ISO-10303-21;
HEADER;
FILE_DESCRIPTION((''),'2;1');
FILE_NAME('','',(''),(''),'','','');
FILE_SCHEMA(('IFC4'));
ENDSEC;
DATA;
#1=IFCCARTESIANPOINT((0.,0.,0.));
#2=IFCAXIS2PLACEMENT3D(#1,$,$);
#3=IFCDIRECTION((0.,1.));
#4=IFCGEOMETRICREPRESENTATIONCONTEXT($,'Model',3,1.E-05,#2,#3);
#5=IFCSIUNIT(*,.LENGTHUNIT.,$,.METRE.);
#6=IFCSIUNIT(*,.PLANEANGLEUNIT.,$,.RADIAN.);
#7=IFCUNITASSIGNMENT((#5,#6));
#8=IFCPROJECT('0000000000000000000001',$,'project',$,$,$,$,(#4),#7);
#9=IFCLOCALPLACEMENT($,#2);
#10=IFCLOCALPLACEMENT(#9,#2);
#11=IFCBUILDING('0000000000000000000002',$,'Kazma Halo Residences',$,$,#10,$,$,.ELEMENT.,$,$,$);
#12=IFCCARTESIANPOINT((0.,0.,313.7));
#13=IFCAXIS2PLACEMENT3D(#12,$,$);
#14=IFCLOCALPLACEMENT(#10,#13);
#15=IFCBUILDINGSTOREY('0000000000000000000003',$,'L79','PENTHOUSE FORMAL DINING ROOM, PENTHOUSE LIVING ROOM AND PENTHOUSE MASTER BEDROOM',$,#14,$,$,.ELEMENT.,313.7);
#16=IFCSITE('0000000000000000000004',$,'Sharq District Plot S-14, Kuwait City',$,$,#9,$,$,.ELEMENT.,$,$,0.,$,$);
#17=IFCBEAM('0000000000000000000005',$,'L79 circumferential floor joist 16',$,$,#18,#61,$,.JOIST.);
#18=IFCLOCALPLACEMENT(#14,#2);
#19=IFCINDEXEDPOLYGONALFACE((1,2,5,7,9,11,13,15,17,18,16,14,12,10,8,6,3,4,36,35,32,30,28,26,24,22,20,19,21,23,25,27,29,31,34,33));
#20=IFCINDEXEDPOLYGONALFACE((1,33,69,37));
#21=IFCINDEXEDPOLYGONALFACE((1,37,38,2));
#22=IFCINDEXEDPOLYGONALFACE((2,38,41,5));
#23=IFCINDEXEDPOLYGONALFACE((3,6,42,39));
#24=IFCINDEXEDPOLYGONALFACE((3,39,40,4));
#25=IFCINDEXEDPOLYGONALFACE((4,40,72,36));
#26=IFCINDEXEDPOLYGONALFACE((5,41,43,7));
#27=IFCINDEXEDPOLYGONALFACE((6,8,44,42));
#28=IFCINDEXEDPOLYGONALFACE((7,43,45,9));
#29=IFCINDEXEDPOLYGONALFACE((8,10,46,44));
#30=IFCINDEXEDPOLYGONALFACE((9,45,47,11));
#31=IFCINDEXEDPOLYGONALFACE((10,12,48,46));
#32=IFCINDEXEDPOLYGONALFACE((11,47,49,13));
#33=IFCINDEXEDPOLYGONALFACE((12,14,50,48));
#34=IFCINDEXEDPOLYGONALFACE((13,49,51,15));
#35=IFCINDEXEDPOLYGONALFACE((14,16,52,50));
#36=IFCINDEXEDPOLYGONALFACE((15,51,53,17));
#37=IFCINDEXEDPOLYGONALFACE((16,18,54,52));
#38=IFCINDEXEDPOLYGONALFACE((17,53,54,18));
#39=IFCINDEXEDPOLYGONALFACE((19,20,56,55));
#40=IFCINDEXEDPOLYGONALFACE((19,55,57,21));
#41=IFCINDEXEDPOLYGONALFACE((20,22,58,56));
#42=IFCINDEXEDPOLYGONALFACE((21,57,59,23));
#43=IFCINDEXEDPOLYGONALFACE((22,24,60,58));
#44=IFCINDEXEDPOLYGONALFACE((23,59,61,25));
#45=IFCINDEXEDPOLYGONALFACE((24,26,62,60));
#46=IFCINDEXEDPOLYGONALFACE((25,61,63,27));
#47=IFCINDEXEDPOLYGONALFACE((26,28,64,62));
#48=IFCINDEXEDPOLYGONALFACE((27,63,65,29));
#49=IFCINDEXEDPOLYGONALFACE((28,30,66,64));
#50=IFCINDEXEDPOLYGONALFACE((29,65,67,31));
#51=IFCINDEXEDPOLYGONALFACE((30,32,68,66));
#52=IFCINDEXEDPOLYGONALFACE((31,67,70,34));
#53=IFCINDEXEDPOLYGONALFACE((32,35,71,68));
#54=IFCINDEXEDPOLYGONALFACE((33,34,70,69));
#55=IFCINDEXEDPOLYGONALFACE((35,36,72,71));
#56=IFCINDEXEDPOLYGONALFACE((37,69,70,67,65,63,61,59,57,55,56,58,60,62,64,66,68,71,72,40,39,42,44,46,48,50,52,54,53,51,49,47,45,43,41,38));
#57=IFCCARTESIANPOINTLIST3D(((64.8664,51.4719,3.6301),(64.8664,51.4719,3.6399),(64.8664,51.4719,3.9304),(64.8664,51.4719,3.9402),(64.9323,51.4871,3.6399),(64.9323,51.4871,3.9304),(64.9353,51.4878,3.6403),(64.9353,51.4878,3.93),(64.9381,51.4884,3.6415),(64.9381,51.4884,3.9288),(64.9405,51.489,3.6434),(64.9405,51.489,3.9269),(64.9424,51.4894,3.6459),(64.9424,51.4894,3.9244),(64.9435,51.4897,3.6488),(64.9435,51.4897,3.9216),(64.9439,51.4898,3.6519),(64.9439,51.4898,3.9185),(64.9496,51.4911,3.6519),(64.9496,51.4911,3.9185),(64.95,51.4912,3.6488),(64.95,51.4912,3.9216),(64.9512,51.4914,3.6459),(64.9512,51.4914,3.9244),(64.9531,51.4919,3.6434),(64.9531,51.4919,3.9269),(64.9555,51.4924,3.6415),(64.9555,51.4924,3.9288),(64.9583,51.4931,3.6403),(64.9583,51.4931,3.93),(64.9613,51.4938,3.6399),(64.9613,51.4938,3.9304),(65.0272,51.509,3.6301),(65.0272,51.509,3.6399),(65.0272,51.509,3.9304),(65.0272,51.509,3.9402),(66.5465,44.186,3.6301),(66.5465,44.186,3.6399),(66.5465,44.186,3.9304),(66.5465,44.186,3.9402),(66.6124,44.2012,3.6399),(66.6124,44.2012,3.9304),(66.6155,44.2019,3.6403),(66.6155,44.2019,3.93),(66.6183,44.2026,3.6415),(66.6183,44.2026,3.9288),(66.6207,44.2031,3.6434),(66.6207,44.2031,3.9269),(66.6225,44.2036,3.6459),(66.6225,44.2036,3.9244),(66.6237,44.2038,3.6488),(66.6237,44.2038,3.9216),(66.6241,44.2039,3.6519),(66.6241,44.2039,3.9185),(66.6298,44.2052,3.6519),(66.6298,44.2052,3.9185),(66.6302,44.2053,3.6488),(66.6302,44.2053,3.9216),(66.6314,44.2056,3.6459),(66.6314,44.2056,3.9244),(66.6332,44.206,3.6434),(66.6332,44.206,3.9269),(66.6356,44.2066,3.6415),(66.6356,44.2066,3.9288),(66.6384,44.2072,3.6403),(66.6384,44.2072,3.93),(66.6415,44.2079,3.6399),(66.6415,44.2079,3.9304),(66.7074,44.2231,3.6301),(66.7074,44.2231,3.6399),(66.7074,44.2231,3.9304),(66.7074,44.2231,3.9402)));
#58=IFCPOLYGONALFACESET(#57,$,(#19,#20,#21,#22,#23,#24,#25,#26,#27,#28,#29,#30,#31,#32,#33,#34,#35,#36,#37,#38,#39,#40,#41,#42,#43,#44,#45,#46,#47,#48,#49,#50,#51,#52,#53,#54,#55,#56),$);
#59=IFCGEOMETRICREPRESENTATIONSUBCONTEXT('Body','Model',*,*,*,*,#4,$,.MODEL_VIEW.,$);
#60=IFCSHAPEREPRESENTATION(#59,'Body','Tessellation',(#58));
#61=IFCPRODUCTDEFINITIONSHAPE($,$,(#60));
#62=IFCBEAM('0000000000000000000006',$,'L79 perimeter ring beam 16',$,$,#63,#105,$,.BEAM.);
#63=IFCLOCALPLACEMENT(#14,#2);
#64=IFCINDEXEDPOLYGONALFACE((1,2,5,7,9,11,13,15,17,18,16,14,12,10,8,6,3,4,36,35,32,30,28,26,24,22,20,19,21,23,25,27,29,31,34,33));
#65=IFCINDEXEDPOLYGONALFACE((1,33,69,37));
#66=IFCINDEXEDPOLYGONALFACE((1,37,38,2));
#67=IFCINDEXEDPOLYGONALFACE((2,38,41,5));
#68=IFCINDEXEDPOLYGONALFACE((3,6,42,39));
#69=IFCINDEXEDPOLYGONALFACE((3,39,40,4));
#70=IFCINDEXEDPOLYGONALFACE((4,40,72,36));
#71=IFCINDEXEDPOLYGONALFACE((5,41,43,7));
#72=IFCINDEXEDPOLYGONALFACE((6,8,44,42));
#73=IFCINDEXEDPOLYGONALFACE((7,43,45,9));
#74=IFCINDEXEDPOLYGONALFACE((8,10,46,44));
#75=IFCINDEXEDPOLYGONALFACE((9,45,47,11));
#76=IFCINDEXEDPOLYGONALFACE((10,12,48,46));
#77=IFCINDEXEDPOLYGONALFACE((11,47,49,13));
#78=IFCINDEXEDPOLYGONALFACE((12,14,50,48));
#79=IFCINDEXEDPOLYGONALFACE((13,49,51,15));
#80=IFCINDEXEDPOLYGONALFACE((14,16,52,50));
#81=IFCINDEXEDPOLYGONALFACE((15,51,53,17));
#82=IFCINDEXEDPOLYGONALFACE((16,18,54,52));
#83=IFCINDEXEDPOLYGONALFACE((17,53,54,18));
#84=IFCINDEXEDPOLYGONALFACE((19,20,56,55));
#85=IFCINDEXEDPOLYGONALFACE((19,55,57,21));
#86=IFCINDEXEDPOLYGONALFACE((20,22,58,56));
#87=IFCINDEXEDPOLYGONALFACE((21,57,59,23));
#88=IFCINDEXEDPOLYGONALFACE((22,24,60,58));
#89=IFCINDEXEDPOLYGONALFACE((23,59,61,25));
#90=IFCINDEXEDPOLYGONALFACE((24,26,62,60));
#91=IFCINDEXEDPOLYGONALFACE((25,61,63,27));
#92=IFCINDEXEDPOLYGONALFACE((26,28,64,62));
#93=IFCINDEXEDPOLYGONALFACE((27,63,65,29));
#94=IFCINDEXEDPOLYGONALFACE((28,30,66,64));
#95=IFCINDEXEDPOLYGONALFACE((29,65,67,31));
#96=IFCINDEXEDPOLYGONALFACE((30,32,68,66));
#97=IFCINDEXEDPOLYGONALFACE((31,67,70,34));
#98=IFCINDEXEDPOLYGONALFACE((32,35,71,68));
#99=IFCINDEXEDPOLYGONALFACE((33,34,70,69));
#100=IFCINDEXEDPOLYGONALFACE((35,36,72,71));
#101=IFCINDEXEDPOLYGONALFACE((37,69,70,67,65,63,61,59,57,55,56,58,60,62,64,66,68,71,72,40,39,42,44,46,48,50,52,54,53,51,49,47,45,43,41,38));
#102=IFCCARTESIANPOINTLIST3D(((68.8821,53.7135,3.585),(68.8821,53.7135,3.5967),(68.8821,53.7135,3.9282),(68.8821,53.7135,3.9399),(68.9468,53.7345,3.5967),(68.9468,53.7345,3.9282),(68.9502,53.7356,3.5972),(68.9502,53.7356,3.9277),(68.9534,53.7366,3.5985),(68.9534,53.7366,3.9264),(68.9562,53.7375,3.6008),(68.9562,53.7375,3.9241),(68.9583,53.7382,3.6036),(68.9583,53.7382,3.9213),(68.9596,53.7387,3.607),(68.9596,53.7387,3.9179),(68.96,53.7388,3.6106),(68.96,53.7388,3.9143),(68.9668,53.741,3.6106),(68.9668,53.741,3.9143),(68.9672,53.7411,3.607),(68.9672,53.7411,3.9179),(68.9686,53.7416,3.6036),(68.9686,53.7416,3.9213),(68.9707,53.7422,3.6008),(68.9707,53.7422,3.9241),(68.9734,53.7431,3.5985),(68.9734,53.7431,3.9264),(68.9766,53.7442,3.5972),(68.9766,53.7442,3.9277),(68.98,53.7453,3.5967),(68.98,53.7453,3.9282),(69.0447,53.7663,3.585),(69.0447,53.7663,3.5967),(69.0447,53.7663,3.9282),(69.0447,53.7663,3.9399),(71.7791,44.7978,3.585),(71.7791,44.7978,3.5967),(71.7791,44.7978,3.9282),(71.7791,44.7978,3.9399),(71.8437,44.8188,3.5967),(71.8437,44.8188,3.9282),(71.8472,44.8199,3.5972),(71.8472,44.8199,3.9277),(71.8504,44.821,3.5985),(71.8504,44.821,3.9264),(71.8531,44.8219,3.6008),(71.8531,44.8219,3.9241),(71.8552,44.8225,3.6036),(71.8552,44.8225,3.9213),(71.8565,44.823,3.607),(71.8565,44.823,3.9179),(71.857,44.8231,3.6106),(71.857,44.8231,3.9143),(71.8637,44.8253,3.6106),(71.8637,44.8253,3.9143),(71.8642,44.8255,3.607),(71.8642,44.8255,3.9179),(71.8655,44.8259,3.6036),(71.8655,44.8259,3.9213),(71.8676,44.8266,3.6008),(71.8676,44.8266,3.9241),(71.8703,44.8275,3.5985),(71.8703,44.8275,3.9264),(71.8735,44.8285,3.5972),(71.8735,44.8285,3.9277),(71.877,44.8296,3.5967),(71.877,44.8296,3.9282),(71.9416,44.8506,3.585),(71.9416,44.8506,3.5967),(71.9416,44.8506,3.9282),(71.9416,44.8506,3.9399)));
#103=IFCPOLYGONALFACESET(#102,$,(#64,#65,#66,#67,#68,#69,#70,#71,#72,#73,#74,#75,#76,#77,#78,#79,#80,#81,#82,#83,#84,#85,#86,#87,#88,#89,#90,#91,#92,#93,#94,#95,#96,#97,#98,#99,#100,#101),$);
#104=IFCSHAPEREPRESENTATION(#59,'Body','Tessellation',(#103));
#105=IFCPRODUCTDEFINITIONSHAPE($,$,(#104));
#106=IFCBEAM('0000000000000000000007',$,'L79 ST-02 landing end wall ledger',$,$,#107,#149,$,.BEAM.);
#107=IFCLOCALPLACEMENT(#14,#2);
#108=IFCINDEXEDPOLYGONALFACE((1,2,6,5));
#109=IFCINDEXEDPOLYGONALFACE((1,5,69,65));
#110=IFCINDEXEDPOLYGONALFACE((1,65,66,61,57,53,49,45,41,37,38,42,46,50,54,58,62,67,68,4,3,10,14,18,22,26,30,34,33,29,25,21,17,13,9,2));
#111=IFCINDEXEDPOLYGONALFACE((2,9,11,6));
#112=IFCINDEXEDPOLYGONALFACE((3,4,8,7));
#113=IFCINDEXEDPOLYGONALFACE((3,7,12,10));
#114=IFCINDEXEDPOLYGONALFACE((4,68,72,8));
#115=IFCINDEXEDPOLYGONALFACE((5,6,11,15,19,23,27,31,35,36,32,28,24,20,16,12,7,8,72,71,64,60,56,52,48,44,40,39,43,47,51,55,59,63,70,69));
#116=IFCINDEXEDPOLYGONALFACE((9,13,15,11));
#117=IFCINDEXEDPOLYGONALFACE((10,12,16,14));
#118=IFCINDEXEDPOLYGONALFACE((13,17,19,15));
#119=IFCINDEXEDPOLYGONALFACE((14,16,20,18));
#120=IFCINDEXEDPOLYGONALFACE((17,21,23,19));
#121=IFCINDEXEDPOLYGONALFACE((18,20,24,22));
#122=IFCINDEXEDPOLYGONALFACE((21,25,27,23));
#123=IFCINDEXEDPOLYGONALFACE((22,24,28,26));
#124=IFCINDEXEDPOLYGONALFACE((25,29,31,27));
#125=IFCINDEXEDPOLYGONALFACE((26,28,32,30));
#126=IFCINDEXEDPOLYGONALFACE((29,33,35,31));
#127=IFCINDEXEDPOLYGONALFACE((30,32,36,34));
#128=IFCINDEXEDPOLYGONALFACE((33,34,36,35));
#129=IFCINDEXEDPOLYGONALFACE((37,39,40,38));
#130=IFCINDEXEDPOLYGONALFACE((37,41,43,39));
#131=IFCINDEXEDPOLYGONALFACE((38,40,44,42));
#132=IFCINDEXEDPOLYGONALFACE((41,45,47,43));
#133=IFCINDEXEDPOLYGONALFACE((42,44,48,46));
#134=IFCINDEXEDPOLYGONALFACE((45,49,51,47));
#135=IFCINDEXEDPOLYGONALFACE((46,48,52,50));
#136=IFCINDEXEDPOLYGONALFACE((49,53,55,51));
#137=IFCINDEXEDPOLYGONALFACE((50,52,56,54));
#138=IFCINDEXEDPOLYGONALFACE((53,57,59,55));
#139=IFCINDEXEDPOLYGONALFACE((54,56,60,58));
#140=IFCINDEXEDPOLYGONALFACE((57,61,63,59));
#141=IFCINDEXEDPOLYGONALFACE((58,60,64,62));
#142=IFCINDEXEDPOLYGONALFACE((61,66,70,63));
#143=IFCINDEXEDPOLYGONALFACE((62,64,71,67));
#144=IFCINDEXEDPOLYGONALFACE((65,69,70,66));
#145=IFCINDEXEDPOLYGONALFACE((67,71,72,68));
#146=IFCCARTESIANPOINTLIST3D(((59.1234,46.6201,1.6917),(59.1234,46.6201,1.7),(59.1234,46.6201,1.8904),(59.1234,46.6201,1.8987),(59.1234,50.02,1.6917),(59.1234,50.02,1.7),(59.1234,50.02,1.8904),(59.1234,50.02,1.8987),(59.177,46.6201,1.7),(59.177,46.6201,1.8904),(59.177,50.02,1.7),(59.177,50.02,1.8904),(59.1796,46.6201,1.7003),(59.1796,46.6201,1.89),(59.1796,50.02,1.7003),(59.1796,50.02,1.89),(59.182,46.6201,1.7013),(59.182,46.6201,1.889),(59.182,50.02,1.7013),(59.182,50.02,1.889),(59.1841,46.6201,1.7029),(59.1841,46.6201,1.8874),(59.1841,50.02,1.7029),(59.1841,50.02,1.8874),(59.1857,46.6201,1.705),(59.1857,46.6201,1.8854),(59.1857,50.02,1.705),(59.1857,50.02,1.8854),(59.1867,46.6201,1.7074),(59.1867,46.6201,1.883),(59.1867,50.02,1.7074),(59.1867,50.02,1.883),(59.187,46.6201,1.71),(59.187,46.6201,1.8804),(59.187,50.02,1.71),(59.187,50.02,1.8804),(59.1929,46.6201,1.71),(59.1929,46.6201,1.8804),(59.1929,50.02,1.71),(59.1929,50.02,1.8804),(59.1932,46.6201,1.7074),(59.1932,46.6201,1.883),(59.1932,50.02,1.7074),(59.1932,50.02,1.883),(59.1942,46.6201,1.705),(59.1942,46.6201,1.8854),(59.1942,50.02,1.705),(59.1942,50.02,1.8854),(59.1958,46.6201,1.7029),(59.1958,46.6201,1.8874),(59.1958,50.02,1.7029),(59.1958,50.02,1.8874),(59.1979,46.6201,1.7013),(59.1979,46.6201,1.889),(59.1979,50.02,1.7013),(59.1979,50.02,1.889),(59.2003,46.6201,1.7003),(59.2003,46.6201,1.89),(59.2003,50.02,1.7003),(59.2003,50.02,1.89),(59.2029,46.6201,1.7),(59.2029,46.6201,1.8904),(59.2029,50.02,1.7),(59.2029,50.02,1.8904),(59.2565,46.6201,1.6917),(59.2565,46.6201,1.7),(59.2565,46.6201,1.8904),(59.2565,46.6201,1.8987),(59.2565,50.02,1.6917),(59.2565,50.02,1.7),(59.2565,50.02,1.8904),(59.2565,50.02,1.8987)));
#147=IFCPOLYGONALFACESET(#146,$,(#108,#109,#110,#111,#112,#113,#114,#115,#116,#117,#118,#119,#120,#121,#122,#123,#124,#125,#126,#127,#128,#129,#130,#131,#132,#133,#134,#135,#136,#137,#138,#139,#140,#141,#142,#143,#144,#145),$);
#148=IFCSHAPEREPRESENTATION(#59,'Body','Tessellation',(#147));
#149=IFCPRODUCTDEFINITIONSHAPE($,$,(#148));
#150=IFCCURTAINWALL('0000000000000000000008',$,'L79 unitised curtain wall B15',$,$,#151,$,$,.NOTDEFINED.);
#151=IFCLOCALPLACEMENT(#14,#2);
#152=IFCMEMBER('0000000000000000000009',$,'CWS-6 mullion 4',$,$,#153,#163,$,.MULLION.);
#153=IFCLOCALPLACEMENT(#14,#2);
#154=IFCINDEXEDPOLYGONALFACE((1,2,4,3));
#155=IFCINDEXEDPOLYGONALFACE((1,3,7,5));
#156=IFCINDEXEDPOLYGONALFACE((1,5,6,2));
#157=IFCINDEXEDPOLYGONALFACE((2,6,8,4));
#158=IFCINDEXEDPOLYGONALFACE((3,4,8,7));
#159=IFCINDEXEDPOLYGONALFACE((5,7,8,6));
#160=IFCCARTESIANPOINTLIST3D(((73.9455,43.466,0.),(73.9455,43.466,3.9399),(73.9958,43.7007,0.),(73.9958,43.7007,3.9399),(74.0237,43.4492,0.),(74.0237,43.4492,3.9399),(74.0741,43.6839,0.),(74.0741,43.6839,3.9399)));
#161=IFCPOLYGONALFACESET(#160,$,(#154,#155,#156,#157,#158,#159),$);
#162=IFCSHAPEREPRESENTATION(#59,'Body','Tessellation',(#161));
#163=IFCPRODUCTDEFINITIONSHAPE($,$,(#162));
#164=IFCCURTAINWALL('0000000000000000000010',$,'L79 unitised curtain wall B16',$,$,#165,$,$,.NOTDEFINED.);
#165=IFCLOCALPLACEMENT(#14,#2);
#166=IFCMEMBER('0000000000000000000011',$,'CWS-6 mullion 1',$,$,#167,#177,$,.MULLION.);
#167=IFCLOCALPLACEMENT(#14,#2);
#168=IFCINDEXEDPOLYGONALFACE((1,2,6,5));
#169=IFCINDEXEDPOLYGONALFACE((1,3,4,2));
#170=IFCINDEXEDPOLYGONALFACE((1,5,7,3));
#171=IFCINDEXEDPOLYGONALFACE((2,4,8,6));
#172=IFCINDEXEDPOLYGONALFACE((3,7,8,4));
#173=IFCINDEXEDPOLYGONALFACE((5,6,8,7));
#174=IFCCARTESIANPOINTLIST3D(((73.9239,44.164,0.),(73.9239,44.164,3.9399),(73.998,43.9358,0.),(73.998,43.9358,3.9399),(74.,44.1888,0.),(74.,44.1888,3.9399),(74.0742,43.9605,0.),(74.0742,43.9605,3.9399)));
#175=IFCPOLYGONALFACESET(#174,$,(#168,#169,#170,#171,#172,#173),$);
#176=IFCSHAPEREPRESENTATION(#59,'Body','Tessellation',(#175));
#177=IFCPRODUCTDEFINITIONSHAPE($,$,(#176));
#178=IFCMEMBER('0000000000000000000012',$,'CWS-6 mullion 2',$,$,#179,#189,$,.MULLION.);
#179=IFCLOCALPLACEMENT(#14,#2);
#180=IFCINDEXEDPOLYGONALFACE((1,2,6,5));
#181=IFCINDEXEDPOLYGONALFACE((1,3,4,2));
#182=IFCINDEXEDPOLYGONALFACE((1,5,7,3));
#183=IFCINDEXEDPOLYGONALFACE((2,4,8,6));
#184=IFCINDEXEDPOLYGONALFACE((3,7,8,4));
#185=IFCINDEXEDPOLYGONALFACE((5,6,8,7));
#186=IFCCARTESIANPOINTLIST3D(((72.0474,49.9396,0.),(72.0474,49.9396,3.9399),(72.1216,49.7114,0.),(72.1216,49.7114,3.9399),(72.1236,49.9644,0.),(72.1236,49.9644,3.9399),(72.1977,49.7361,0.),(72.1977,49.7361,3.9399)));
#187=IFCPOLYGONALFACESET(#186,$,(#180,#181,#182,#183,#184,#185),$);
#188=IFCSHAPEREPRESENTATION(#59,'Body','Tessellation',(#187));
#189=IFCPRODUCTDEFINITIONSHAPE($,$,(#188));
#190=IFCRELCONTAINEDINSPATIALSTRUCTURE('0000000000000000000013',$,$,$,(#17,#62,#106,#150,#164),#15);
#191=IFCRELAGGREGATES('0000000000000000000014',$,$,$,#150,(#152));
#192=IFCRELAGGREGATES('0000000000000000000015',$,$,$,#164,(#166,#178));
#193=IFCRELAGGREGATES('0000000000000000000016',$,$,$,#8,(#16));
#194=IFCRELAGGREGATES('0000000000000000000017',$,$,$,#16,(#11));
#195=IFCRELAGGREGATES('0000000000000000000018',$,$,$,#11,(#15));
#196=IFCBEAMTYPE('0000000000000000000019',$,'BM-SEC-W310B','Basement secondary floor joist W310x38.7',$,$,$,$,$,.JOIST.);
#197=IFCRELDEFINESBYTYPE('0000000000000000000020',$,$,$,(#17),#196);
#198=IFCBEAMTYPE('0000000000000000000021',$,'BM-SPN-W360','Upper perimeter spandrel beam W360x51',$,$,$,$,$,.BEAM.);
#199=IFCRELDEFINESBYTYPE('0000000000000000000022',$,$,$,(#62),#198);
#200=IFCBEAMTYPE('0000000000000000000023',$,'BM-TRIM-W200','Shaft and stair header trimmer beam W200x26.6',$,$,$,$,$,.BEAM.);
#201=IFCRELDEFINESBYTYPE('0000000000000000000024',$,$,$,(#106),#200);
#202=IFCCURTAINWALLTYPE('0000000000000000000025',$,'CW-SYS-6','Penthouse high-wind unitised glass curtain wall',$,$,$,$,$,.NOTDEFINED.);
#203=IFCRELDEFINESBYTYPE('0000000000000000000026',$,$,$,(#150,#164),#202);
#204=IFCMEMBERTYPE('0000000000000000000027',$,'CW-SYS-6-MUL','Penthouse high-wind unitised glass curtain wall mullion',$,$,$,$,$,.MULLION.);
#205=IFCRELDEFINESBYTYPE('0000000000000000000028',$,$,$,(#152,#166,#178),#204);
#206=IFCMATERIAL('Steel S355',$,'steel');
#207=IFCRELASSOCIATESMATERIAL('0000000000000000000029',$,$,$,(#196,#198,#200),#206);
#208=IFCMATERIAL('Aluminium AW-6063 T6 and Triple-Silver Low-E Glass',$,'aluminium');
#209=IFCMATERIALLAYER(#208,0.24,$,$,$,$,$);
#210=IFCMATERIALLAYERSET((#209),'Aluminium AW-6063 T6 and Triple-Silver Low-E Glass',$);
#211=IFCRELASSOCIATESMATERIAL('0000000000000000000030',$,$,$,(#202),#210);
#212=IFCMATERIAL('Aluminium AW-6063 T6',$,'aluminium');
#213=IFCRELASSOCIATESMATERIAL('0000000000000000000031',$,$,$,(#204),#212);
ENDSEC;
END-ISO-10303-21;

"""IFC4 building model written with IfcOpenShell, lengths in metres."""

from ifc_helpers import new_model, si_unit, direction, frame, origin, origin_2d, place, context, subcontext, project, spatial, rectangle, i_section, extrude, material, layer, layer_set, material_profile, profile_set, type_object, element, aggregate, save


model = new_model("IFC4")

# Units and contexts
model_context = context("Model", 3, precision=1e-05, world=origin(), true_north=direction((0.0, 1.0)))
body_context = subcontext(model_context, "Body", "Model", "MODEL_VIEW")
ifc_project = project(units=[si_unit("LENGTHUNIT", "METRE"), si_unit("PLANEANGLEUNIT", "RADIAN")], contexts=[model_context])

# Site, building, storey
site_placement = place(None, origin())
site = spatial("IfcSite", under=ifc_project, at=site_placement, Name="Sharq District Plot S-14, Kuwait City", CompositionType="ELEMENT", RefElevation=0.0)
building_placement = place(site_placement, origin())
building = spatial("IfcBuilding", under=site, at=building_placement, Name="Kazma Halo Residences", CompositionType="ELEMENT")
storey_placement = place(building_placement, frame((0.0, 0.0, 313.7)))
storey = spatial("IfcBuildingStorey", under=building, at=storey_placement, Name="L79", Description="PENTHOUSE FORMAL DINING ROOM, PENTHOUSE LIVING ROOM AND PENTHOUSE MASTER BEDROOM", CompositionType="ELEMENT", Elevation=313.7)

# Beams
ifc_material_1 = material(Name="Steel S355", Category="steel")
ifc_material_profile_1 = material_profile(ifc_material_1, i_section(OverallWidth=0.165, OverallDepth=0.3101, WebThickness=0.0059, FlangeThickness=0.0098, FilletRadius=0.012, at=origin_2d()), Name="W310x38.7")
ifc_profile_set_1 = profile_set([ifc_material_profile_1], Name="Steel S355")
beam_type_1 = type_object("IfcBeamType", Name="BM-SEC-W310B", Description="Basement secondary floor joist W310x38.7", PredefinedType="JOIST", material=ifc_profile_set_1)
beam_1_placement = place(storey_placement, frame((66.627, 44.2046, 3.7852), z_axis=(-0.224709, 0.974426, 0.0), x_axis=(-0.974426, -0.224709, 0.0)))
element("IfcBeam", 1, at=beam_1_placement, inside=storey, type_object=beam_type_1, Name="L79 circumferential floor joist 16", PredefinedType="JOIST", context=body_context, shape_type="SweptSolid", body=[
    extrude(i_section(OverallWidth=0.165, OverallDepth=0.3101, WebThickness=0.0059, FlangeThickness=0.0098, FilletRadius=0.012, at=origin_2d()), origin(), (0.0, 0.0, 1.0), 7.4771),
])
ifc_material_profile_2 = material_profile(ifc_material_1, i_section(OverallWidth=0.1709, OverallDepth=0.355, WebThickness=0.0071, FlangeThickness=0.0117, FilletRadius=0.0139, at=origin_2d()), Name="W360x51")
ifc_profile_set_2 = profile_set([ifc_material_profile_2], Name="Steel S355")
beam_type_2 = type_object("IfcBeamType", Name="BM-SPN-W360", Description="Upper perimeter spandrel beam W360x51", PredefinedType="BEAM", material=ifc_profile_set_2)
beam_2_placement = place(storey_placement, frame((71.8604, 44.8242, 3.7625), z_axis=(-0.309023, 0.951055, 0.0), x_axis=(-0.951055, -0.309023, 0.0)))
element("IfcBeam", 2, at=beam_2_placement, inside=storey, type_object=beam_type_2, Name="L79 perimeter ring beam 16", PredefinedType="BEAM", context=body_context, shape_type="SweptSolid", body=[
    extrude(i_section(OverallWidth=0.1709, OverallDepth=0.355, WebThickness=0.0071, FlangeThickness=0.0117, FilletRadius=0.0139, at=origin_2d()), origin(), (0.0, 0.0, 1.0), 9.3745),
])
ifc_material_profile_3 = material_profile(ifc_material_1, i_section(OverallWidth=0.1331, OverallDepth=0.207, WebThickness=0.0059, FlangeThickness=0.0083, FilletRadius=0.01, at=origin_2d()), Name="W200x26.6")
ifc_profile_set_3 = profile_set([ifc_material_profile_3], Name="Steel S355")
beam_type_3 = type_object("IfcBeamType", Name="BM-TRIM-W200", Description="Shaft and stair header trimmer beam W200x26.6", PredefinedType="BEAM", material=ifc_profile_set_3)
beam_3_placement = place(storey_placement, frame((59.1899, 46.6201, 1.7952), z_axis=(0.0, 1.0, 0.0), x_axis=(-1.0, 0.0, 0.0)))
element("IfcBeam", 3, at=beam_3_placement, inside=storey, type_object=beam_type_3, Name="L79 ST-02 landing end wall ledger", PredefinedType="BEAM", context=body_context, shape_type="SweptSolid", body=[
    extrude(i_section(OverallWidth=0.1331, OverallDepth=0.207, WebThickness=0.0059, FlangeThickness=0.0083, FilletRadius=0.01, at=origin_2d()), origin(), (0.0, 0.0, 1.0), 3.3999),
])

# Curtain wall, member
ifc_material_2 = material(Name="Aluminium AW-6063 T6 and Triple-Silver Low-E Glass", Category="aluminium")
ifc_layer_1 = layer(ifc_material_2, 0.24)
ifc_layer_set_1 = layer_set([ifc_layer_1], Name="Aluminium AW-6063 T6 and Triple-Silver Low-E Glass")
curtain_wall_type = type_object("IfcCurtainWallType", Name="CW-SYS-6", Description="Penthouse high-wind unitised glass curtain wall", PredefinedType="NOTDEFINED", material=ifc_layer_set_1)
curtain_wall_1_placement = place(storey_placement, origin())
curtain_wall_1 = element("IfcCurtainWall", 4, at=curtain_wall_1_placement, inside=storey, type_object=curtain_wall_type, Name="L79 unitised curtain wall B15", PredefinedType="NOTDEFINED")
ifc_material_3 = material(Name="Aluminium AW-6063 T6", Category="aluminium")
ifc_material_profile_4 = material_profile(ifc_material_3, rectangle(XDim=0.0801, YDim=0.24, at=origin_2d()), Name="CWM-80x240")
ifc_profile_set_4 = profile_set([ifc_material_profile_4], Name="Aluminium AW-6063 T6")
member_type_1 = type_object("IfcMemberType", Name="CW-SYS-6-MUL", Description="Penthouse high-wind unitised glass curtain wall mullion", PredefinedType="MULLION", material=ifc_profile_set_4)
member_1_placement = place(storey_placement, frame((74.0098, 43.575, 0.0), z_axis=(0.0, 0.0, 1.0), x_axis=(-0.977761, 0.209723, 0.0)))
member_1 = element("IfcMember", 5, at=member_1_placement, type_object=member_type_1, Name="CWS-6 mullion 4", PredefinedType="MULLION", context=body_context, shape_type="SweptSolid", body=[
    extrude(rectangle(XDim=0.0801, YDim=0.24, at=origin_2d()), origin(), (0.0, 0.0, 1.0), 3.9399),
])

# Curtain wall, members
curtain_wall_2_placement = place(storey_placement, origin())
curtain_wall_2 = element("IfcCurtainWall", 6, at=curtain_wall_2_placement, inside=storey, type_object=curtain_wall_type, Name="L79 unitised curtain wall B16", PredefinedType="NOTDEFINED")
member_2_placement = place(storey_placement, frame((73.999, 44.0623, 0.0), z_axis=(0.0, 0.0, 1.0), x_axis=(-0.951056, -0.309019, 0.0)))
member_2 = element("IfcMember", 7, at=member_2_placement, type_object=member_type_1, Name="CWS-6 mullion 1", PredefinedType="MULLION", context=body_context, shape_type="SweptSolid", body=[
    extrude(rectangle(XDim=0.0801, YDim=0.24, at=origin_2d()), origin(), (0.0, 0.0, 1.0), 3.9399),
])
member_3_placement = place(storey_placement, frame((72.1226, 49.8379, 0.0), z_axis=(0.0, 0.0, 1.0), x_axis=(-0.951056, -0.309019, 0.0)))
member_3 = element("IfcMember", 8, at=member_3_placement, type_object=member_type_1, Name="CWS-6 mullion 2", PredefinedType="MULLION", context=body_context, shape_type="SweptSolid", body=[
    extrude(rectangle(XDim=0.0801, YDim=0.24, at=origin_2d()), origin(), (0.0, 0.0, 1.0), 3.9399),
])

aggregate(curtain_wall_1, [member_1])
aggregate(curtain_wall_2, [member_2, member_3])

save(model, "model.ifc")
